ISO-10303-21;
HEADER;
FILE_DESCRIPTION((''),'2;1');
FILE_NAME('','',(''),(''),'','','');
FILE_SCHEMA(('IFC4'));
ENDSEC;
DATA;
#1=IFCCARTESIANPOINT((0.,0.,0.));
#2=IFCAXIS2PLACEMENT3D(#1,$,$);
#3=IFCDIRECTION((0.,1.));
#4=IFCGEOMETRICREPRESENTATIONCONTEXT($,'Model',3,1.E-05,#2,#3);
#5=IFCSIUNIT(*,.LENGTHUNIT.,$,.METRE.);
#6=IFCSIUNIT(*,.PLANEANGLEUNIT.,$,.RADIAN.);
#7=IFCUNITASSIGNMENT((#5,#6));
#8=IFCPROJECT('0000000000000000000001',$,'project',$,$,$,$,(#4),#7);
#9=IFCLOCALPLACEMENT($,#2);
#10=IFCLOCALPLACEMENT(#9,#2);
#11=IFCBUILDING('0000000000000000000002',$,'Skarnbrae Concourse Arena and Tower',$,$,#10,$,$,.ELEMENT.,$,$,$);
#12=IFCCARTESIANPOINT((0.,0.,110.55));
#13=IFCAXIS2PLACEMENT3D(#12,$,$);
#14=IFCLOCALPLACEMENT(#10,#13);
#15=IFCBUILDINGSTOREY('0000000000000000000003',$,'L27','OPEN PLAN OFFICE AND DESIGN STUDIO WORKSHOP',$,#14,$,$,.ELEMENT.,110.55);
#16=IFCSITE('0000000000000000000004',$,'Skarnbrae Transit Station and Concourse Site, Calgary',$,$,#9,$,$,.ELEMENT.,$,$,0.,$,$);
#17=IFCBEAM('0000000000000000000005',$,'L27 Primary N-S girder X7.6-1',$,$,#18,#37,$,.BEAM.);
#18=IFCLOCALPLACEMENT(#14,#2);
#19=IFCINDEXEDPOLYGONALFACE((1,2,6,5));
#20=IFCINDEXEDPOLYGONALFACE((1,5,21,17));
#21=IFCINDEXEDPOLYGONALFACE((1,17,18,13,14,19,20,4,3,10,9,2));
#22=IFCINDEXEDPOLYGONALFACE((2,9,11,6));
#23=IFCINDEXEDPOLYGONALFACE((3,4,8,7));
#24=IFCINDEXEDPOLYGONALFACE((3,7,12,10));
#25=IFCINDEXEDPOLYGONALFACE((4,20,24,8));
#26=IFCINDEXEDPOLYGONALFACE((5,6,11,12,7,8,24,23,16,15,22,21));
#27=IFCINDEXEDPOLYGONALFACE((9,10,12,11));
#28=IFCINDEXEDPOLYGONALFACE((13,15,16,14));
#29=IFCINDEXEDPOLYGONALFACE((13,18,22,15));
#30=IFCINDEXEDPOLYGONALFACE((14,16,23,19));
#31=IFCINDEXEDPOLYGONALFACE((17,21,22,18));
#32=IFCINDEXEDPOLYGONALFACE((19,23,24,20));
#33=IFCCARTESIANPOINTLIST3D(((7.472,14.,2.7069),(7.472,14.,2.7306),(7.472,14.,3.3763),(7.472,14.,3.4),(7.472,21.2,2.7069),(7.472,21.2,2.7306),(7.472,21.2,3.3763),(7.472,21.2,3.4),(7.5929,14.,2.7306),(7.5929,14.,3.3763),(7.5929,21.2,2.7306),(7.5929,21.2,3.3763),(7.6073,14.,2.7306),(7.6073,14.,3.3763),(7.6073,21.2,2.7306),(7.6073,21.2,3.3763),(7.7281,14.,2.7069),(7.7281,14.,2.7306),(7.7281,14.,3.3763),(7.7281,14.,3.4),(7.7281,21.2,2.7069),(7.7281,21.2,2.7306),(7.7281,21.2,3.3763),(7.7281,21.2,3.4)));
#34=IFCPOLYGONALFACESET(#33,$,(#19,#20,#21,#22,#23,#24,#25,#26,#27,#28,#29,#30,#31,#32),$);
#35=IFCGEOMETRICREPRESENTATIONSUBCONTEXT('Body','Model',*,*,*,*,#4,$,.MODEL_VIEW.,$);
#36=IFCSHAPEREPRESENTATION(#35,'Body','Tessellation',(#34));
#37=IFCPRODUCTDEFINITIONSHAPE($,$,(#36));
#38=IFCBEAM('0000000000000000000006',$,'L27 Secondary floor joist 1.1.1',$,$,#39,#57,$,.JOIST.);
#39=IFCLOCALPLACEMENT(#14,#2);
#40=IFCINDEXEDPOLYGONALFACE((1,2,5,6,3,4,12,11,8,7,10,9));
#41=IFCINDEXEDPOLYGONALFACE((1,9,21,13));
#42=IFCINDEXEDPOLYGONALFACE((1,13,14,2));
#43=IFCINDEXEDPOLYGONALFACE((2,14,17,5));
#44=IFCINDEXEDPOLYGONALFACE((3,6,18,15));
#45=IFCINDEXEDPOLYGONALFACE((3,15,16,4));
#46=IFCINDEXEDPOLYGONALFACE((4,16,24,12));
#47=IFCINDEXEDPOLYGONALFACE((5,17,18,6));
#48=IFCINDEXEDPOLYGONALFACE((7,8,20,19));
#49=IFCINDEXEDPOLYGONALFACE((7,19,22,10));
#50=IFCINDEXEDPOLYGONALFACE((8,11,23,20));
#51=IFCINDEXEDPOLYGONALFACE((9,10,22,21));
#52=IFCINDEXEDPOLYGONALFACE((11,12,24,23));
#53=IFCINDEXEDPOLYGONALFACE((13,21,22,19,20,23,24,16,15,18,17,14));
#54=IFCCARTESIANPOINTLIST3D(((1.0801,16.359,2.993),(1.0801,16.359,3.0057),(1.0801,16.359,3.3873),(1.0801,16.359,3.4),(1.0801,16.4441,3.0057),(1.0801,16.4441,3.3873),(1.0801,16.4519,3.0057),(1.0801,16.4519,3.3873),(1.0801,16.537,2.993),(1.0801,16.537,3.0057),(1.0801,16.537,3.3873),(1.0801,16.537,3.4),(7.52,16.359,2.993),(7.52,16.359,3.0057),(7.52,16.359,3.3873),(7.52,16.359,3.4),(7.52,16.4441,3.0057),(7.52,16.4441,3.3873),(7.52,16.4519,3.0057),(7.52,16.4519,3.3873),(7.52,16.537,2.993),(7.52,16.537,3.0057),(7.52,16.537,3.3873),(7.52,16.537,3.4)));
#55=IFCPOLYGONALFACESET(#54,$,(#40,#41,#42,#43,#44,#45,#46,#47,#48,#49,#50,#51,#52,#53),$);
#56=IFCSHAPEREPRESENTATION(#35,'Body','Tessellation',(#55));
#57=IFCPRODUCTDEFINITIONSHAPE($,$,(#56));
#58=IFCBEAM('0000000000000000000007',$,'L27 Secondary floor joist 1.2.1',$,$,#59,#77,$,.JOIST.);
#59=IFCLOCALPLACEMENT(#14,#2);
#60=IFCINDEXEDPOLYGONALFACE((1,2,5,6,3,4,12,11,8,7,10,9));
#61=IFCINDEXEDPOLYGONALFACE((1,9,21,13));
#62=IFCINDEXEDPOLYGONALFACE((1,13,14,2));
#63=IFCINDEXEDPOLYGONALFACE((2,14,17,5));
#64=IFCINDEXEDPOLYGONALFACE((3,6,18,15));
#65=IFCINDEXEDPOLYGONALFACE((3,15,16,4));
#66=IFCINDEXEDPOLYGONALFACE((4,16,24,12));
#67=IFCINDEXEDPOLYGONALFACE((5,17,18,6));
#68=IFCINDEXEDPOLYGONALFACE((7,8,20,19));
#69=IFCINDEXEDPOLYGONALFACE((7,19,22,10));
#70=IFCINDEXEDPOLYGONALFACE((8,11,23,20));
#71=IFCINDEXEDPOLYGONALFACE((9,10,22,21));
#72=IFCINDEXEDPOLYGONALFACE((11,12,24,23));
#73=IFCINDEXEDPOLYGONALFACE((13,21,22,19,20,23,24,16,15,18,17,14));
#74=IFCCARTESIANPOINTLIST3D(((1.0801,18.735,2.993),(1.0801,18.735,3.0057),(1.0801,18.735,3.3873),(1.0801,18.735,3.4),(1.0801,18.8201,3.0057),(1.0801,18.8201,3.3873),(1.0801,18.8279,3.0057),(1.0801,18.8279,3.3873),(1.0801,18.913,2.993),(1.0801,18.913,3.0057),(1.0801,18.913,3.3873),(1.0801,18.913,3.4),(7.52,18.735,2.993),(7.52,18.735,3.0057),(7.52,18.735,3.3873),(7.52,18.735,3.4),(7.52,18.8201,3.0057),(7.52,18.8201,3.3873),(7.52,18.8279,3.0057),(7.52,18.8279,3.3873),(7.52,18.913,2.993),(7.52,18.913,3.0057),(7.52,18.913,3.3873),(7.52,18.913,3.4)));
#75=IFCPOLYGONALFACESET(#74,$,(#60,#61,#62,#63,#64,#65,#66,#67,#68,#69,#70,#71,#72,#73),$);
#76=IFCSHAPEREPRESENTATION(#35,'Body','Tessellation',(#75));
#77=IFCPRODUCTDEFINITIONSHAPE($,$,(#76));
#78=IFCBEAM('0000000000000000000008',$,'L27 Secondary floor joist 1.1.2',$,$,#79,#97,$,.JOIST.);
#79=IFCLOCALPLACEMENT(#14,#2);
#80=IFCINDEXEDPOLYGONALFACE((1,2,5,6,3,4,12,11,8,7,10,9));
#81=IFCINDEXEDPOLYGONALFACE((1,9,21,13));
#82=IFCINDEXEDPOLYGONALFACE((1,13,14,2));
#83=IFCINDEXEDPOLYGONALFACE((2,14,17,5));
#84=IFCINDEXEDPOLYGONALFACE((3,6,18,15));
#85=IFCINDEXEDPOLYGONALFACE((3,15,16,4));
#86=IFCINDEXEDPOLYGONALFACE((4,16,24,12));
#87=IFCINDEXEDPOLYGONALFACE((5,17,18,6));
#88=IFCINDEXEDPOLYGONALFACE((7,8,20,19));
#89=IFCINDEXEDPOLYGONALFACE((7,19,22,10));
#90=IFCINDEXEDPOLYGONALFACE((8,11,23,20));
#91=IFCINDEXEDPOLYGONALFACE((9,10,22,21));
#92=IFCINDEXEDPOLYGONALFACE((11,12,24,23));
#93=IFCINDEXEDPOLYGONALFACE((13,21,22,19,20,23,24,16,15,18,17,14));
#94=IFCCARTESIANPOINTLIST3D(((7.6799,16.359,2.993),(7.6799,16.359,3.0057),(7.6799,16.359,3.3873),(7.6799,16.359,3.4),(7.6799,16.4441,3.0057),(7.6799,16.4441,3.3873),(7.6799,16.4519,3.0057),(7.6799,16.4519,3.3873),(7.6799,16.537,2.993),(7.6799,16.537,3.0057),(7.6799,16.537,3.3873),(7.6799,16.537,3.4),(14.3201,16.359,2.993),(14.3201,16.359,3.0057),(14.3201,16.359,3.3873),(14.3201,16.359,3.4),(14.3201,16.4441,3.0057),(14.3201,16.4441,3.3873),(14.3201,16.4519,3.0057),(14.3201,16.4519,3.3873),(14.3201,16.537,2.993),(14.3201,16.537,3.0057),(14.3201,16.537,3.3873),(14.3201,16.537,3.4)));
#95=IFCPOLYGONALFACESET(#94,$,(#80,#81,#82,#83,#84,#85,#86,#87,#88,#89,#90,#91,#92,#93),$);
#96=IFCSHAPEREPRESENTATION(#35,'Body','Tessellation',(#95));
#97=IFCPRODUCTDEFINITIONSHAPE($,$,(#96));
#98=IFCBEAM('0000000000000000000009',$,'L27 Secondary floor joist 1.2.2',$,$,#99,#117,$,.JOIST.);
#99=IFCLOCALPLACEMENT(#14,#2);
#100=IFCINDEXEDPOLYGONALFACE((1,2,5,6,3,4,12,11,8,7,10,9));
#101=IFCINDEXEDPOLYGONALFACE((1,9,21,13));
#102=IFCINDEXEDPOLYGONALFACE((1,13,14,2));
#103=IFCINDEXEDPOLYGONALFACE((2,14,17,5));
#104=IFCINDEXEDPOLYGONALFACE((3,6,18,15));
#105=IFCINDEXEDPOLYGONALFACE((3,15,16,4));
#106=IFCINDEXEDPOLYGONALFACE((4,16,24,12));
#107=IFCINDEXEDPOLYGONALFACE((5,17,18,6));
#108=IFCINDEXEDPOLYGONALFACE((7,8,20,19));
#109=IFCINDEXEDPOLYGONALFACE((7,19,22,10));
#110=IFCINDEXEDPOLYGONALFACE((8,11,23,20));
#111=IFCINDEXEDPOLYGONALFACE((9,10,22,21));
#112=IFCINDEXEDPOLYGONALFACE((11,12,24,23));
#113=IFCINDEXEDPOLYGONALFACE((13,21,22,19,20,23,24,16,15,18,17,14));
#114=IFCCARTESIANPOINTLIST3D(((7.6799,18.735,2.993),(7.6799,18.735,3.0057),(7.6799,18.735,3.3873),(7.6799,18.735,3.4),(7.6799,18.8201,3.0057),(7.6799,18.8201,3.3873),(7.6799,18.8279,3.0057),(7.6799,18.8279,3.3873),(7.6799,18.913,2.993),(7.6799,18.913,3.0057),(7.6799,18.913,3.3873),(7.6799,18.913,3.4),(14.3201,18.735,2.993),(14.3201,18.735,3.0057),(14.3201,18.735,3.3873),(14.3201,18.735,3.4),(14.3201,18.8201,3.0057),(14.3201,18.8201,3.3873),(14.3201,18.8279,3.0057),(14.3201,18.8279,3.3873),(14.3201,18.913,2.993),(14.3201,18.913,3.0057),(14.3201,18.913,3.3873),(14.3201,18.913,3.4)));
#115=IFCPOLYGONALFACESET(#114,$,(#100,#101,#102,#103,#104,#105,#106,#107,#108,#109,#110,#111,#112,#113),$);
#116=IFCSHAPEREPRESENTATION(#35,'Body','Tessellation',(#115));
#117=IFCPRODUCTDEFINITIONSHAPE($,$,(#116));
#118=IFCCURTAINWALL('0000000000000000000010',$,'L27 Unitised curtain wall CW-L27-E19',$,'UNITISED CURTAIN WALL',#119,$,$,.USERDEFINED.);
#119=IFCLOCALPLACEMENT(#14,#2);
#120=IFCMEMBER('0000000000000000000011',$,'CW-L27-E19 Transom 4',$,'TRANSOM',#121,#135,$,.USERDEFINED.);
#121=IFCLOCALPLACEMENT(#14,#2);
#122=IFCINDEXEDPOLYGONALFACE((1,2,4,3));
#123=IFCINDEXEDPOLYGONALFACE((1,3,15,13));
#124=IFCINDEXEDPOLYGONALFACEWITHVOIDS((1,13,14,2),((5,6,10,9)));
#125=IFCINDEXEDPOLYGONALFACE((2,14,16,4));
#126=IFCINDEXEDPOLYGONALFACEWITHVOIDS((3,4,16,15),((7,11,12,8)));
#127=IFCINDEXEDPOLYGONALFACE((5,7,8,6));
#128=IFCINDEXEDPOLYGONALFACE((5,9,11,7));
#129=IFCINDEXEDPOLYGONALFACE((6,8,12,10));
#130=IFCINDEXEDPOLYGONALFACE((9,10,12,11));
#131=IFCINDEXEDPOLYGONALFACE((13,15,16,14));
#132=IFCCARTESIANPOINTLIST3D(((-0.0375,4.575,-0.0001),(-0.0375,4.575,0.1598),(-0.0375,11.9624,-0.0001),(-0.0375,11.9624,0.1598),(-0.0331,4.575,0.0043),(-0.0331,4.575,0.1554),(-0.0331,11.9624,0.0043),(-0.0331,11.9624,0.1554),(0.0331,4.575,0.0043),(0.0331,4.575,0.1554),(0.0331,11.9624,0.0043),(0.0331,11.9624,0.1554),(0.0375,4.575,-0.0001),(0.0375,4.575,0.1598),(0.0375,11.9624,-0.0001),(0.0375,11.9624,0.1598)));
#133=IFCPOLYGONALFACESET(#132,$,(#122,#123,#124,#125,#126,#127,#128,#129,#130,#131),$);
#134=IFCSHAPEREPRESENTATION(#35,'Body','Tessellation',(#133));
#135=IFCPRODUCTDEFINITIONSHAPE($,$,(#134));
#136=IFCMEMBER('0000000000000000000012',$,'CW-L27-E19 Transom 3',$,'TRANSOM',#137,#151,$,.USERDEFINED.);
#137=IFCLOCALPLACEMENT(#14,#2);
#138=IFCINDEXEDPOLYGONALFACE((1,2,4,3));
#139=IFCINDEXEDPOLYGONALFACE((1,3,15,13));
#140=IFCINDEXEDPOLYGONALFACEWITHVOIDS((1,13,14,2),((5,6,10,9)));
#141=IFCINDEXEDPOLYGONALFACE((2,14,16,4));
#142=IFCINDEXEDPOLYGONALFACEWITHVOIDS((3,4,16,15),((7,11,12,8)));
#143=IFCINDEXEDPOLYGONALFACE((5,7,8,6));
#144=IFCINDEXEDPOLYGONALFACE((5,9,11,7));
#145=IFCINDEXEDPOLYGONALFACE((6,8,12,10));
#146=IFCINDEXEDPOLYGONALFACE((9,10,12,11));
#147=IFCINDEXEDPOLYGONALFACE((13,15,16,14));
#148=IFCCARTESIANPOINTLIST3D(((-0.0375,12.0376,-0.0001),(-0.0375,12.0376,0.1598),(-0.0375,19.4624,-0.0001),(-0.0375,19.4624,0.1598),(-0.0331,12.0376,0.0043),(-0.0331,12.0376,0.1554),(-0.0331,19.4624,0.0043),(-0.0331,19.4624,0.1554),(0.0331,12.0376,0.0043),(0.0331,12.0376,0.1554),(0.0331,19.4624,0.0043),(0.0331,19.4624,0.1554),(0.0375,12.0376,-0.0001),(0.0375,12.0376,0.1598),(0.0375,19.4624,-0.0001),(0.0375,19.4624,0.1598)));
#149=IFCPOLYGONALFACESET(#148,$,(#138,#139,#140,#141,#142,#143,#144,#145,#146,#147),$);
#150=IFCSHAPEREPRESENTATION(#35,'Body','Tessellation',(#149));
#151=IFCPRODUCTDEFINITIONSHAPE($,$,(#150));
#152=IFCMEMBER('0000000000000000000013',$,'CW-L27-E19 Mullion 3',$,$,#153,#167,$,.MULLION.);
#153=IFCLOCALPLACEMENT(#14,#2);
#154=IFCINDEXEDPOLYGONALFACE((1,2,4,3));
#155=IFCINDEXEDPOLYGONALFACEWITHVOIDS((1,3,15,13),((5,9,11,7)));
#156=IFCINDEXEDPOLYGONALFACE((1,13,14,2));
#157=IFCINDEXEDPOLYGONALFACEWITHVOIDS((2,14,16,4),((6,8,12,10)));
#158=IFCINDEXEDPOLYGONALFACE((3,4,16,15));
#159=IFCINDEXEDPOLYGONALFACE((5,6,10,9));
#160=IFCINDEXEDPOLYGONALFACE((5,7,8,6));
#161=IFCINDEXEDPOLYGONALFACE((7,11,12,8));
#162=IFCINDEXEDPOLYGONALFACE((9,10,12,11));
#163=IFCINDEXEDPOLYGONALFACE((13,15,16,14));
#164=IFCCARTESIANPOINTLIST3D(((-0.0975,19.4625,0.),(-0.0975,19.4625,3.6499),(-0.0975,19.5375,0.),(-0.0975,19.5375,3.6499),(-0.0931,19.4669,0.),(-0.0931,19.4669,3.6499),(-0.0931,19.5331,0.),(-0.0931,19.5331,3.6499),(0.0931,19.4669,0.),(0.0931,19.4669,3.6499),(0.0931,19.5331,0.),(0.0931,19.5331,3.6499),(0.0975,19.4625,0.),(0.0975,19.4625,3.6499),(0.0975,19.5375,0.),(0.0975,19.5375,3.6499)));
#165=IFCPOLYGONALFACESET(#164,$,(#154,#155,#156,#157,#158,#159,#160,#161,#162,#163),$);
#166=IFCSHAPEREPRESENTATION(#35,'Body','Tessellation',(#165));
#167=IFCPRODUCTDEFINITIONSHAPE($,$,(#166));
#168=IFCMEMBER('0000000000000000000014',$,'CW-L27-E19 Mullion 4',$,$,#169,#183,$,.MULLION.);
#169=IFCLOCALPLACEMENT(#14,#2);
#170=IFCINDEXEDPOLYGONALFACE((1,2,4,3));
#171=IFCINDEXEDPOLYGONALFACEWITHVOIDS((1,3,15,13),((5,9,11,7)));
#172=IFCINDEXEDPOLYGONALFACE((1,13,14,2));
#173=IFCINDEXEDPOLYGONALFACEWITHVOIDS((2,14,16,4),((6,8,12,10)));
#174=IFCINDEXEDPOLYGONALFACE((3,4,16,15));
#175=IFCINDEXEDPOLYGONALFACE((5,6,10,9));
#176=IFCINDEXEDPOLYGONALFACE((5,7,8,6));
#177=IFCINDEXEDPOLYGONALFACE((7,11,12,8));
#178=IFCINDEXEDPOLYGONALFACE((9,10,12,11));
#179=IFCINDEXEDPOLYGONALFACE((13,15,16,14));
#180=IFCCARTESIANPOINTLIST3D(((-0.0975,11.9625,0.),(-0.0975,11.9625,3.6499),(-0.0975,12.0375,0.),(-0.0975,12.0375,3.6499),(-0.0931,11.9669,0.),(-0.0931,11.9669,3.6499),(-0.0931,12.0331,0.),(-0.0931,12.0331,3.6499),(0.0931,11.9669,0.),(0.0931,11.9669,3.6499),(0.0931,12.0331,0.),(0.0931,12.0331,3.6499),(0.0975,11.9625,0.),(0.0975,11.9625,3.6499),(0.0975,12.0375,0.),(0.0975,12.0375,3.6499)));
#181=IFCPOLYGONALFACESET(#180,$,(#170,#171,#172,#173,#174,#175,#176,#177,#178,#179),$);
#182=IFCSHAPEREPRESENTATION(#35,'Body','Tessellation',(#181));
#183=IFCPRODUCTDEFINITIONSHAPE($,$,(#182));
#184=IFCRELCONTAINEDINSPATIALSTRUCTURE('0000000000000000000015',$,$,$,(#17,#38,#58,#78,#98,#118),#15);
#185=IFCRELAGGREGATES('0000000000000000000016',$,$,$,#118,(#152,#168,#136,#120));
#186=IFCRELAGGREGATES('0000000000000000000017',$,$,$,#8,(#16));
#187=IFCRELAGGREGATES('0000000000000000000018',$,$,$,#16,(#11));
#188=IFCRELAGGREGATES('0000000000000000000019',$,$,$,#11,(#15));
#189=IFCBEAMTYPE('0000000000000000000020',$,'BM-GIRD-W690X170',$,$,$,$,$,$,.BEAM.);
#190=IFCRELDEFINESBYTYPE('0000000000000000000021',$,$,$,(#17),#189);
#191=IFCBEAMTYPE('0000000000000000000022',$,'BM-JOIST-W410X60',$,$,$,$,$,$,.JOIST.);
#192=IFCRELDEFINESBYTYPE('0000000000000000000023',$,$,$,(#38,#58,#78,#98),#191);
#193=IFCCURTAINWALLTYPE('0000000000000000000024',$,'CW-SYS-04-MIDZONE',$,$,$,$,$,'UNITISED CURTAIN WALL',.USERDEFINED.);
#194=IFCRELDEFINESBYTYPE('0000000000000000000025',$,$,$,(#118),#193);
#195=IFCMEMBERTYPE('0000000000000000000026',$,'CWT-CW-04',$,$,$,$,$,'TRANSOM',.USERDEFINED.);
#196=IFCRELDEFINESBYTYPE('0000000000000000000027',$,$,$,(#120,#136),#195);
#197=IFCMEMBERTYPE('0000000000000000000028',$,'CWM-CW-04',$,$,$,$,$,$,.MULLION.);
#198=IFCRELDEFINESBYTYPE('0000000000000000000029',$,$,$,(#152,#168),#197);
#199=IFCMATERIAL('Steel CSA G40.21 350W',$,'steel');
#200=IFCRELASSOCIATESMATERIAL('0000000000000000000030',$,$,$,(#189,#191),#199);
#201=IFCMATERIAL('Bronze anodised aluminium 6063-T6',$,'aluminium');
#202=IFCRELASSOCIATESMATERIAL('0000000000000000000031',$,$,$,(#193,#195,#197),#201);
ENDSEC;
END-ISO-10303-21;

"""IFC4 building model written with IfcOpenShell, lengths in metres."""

from ifc_helpers import new_model, si_unit, direction, frame, origin, origin_2d, place, context, subcontext, project, spatial, hollow_rectangle, i_section, extrude, source, transform, mapped, material, material_profile, profile_set, type_object, element, aggregate, save


model = new_model("IFC4")

# Units and contexts
model_context = context("Model", 3, precision=1e-05, world=origin(), true_north=direction((0.0, 1.0)))
body_context = subcontext(model_context, "Body", "Model", "MODEL_VIEW")
ifc_project = project(units=[si_unit("LENGTHUNIT", "METRE"), si_unit("PLANEANGLEUNIT", "RADIAN")], contexts=[model_context])

# Site, building, storey
site_placement = place(None, origin())
site = spatial("IfcSite", under=ifc_project, at=site_placement, Name="Skarnbrae Transit Station and Concourse Site, Calgary", CompositionType="ELEMENT", RefElevation=0.0)
building_placement = place(site_placement, origin())
building = spatial("IfcBuilding", under=site, at=building_placement, Name="Skarnbrae Concourse Arena and Tower", CompositionType="ELEMENT")
storey_placement = place(building_placement, frame((0.0, 0.0, 110.55)))
storey = spatial("IfcBuildingStorey", under=building, at=storey_placement, Name="L27", Description="OPEN PLAN OFFICE AND DESIGN STUDIO WORKSHOP", CompositionType="ELEMENT", Elevation=110.55)

# Shared definitions
ifc_material_1 = material(Name="Steel CSA G40.21 350W", Category="steel")

# Beams
ifc_material_profile_1 = material_profile(ifc_material_1, i_section(OverallWidth=0.2561, OverallDepth=0.6931, WebThickness=0.0144, FlangeThickness=0.0237, at=origin_2d()), Name="W690X170")
ifc_profile_set_1 = profile_set([ifc_material_profile_1], Name="Steel CSA G40.21 350W")
beam_type_1 = type_object("IfcBeamType", Name="BM-GIRD-W690X170", PredefinedType="BEAM", material=ifc_profile_set_1)
shared_shape_1 = source(origin(), body_context, "Body", "SweptSolid", [
    extrude(i_section(OverallWidth=0.2561, OverallDepth=0.6931, WebThickness=0.0144, FlangeThickness=0.0237, at=origin_2d()), origin(), (0.0, 0.0, 1.0), 7.2),
])
beam_1_placement = place(storey_placement, frame((7.6001, 14.0, 3.0535), z_axis=(0.0, 1.0, 0.0), x_axis=(-1.0, 0.0, 0.0)))
element("IfcBeam", 1, at=beam_1_placement, inside=storey, type_object=beam_type_1, Name="L27 Primary N-S girder X7.6-1", PredefinedType="BEAM", context=body_context, shape_type="MappedRepresentation", body=[
    mapped(shared_shape_1, transform((0.0, 0.0, 0.0))),
])
ifc_material_profile_2 = material_profile(ifc_material_1, i_section(OverallWidth=0.178, OverallDepth=0.407, WebThickness=0.0078, FlangeThickness=0.0127, at=origin_2d()), Name="W410X60")
ifc_profile_set_2 = profile_set([ifc_material_profile_2], Name="Steel CSA G40.21 350W")
beam_type_2 = type_object("IfcBeamType", Name="BM-JOIST-W410X60", PredefinedType="JOIST", material=ifc_profile_set_2)
shared_shape_2 = source(origin(), body_context, "Body", "SweptSolid", [
    extrude(i_section(OverallWidth=0.178, OverallDepth=0.407, WebThickness=0.0078, FlangeThickness=0.0127, at=origin_2d()), origin(), (0.0, 0.0, 1.0), 6.4399),
])
for number, where, z_axis, x_axis, name in (
    (2, (1.0801, 16.448, 3.1965), (1.0, 0.0, 0.0), (0.0, 1.0, 0.0), "L27 Secondary floor joist 1.1.1"),
    (3, (1.0801, 18.824, 3.1965), (1.0, 0.0, 0.0), (0.0, 1.0, 0.0), "L27 Secondary floor joist 1.2.1"),
):
    element("IfcBeam", number, at=place(storey_placement, frame(where, z_axis=z_axis, x_axis=x_axis)), inside=storey, type_object=beam_type_2, Name=name, PredefinedType="JOIST", context=body_context, shape_type="MappedRepresentation", body=[
        mapped(shared_shape_2, transform((0.0, 0.0, 0.0))),
    ])
shared_shape_3 = source(origin(), body_context, "Body", "SweptSolid", [
    extrude(i_section(OverallWidth=0.178, OverallDepth=0.407, WebThickness=0.0078, FlangeThickness=0.0127, at=origin_2d()), origin(), (0.0, 0.0, 1.0), 6.6401),
])
for number, where, z_axis, x_axis, name in (
    (4, (7.6799, 16.448, 3.1965), (1.0, 0.0, 0.0), (0.0, 1.0, 0.0), "L27 Secondary floor joist 1.1.2"),
    (5, (7.6799, 18.824, 3.1965), (1.0, 0.0, 0.0), (0.0, 1.0, 0.0), "L27 Secondary floor joist 1.2.2"),
):
    element("IfcBeam", number, at=place(storey_placement, frame(where, z_axis=z_axis, x_axis=x_axis)), inside=storey, type_object=beam_type_2, Name=name, PredefinedType="JOIST", context=body_context, shape_type="MappedRepresentation", body=[
        mapped(shared_shape_3, transform((0.0, 0.0, 0.0))),
    ])

# Curtain wall, members
ifc_material_2 = material(Name="Bronze anodised aluminium 6063-T6", Category="aluminium")
curtain_wall_type = type_object("IfcCurtainWallType", Name="CW-SYS-04-MIDZONE", ElementType="UNITISED CURTAIN WALL", PredefinedType="USERDEFINED", material=ifc_material_2)
curtain_wall_placement = place(storey_placement, origin())
curtain_wall = element("IfcCurtainWall", 6, at=curtain_wall_placement, inside=storey, type_object=curtain_wall_type, Name="L27 Unitised curtain wall CW-L27-E19", ObjectType="UNITISED CURTAIN WALL", PredefinedType="USERDEFINED")
ifc_material_profile_3 = material_profile(ifc_material_2, hollow_rectangle(XDim=0.075, YDim=0.1599, WallThickness=0.0044, at=origin_2d()), Name="ALU-TRAN-75X160")
ifc_profile_set_3 = profile_set([ifc_material_profile_3], Name="Bronze anodised aluminium 6063-T6")
member_type_1 = type_object("IfcMemberType", Name="CWT-CW-04", ElementType="TRANSOM", PredefinedType="USERDEFINED", material=ifc_profile_set_3)
shared_shape_4 = source(origin(), body_context, "Body", "SweptSolid", [
    extrude(hollow_rectangle(XDim=0.075, YDim=0.1599, WallThickness=0.0044, at=origin_2d()), origin(), (0.0, 0.0, 1.0), 7.3875),
])
member_1_placement = place(storey_placement, frame((0.0, 11.9624, 0.0798), z_axis=(0.0, -1.0, 0.0), x_axis=(1.0, 0.0, 0.0)))
member_1 = element("IfcMember", 7, at=member_1_placement, type_object=member_type_1, Name="CW-L27-E19 Transom 4", ObjectType="TRANSOM", PredefinedType="USERDEFINED", context=body_context, shape_type="MappedRepresentation", body=[
    mapped(shared_shape_4, transform((0.0, 0.0, 0.0))),
])
shared_shape_5 = source(origin(), body_context, "Body", "SweptSolid", [
    extrude(hollow_rectangle(XDim=0.075, YDim=0.1599, WallThickness=0.0044, at=origin_2d()), origin(), (0.0, 0.0, 1.0), 7.4248),
])
member_2_placement = place(storey_placement, frame((0.0, 19.4624, 0.0798), z_axis=(0.0, -1.0, 0.0), x_axis=(1.0, 0.0, 0.0)))
member_2 = element("IfcMember", 8, at=member_2_placement, type_object=member_type_1, Name="CW-L27-E19 Transom 3", ObjectType="TRANSOM", PredefinedType="USERDEFINED", context=body_context, shape_type="MappedRepresentation", body=[
    mapped(shared_shape_5, transform((0.0, 0.0, 0.0))),
])
ifc_material_profile_4 = material_profile(ifc_material_2, hollow_rectangle(XDim=0.075, YDim=0.1951, WallThickness=0.0044, at=origin_2d()), Name="ALU-MULL-75X195")
ifc_profile_set_4 = profile_set([ifc_material_profile_4], Name="Bronze anodised aluminium 6063-T6")
member_type_2 = type_object("IfcMemberType", Name="CWM-CW-04", PredefinedType="MULLION", material=ifc_profile_set_4)
shared_shape_6 = source(origin(), body_context, "Body", "SweptSolid", [
    extrude(hollow_rectangle(XDim=0.075, YDim=0.1951, WallThickness=0.0044, at=origin_2d()), origin(), (0.0, 0.0, 1.0), 3.6499),
])
member_3_placement = place(storey_placement, frame((0.0, 19.5, 0.0), z_axis=(0.0, 0.0, 1.0), x_axis=(0.0, -1.0, 0.0)))
member_3 = element("IfcMember", 9, at=member_3_placement, type_object=member_type_2, Name="CW-L27-E19 Mullion 3", PredefinedType="MULLION", context=body_context, shape_type="MappedRepresentation", body=[
    mapped(shared_shape_6, transform((0.0, 0.0, 0.0))),
])
member_4_placement = place(storey_placement, frame((0.0, 12.0, 0.0), z_axis=(0.0, 0.0, 1.0), x_axis=(0.0, -1.0, 0.0)))
member_4 = element("IfcMember", 10, at=member_4_placement, type_object=member_type_2, Name="CW-L27-E19 Mullion 4", PredefinedType="MULLION", context=body_context, shape_type="MappedRepresentation", body=[
    mapped(shared_shape_6, transform((0.0, 0.0, 0.0))),
])
aggregate(curtain_wall, [member_3, member_4, member_2, member_1])

save(model, "model.ifc")
